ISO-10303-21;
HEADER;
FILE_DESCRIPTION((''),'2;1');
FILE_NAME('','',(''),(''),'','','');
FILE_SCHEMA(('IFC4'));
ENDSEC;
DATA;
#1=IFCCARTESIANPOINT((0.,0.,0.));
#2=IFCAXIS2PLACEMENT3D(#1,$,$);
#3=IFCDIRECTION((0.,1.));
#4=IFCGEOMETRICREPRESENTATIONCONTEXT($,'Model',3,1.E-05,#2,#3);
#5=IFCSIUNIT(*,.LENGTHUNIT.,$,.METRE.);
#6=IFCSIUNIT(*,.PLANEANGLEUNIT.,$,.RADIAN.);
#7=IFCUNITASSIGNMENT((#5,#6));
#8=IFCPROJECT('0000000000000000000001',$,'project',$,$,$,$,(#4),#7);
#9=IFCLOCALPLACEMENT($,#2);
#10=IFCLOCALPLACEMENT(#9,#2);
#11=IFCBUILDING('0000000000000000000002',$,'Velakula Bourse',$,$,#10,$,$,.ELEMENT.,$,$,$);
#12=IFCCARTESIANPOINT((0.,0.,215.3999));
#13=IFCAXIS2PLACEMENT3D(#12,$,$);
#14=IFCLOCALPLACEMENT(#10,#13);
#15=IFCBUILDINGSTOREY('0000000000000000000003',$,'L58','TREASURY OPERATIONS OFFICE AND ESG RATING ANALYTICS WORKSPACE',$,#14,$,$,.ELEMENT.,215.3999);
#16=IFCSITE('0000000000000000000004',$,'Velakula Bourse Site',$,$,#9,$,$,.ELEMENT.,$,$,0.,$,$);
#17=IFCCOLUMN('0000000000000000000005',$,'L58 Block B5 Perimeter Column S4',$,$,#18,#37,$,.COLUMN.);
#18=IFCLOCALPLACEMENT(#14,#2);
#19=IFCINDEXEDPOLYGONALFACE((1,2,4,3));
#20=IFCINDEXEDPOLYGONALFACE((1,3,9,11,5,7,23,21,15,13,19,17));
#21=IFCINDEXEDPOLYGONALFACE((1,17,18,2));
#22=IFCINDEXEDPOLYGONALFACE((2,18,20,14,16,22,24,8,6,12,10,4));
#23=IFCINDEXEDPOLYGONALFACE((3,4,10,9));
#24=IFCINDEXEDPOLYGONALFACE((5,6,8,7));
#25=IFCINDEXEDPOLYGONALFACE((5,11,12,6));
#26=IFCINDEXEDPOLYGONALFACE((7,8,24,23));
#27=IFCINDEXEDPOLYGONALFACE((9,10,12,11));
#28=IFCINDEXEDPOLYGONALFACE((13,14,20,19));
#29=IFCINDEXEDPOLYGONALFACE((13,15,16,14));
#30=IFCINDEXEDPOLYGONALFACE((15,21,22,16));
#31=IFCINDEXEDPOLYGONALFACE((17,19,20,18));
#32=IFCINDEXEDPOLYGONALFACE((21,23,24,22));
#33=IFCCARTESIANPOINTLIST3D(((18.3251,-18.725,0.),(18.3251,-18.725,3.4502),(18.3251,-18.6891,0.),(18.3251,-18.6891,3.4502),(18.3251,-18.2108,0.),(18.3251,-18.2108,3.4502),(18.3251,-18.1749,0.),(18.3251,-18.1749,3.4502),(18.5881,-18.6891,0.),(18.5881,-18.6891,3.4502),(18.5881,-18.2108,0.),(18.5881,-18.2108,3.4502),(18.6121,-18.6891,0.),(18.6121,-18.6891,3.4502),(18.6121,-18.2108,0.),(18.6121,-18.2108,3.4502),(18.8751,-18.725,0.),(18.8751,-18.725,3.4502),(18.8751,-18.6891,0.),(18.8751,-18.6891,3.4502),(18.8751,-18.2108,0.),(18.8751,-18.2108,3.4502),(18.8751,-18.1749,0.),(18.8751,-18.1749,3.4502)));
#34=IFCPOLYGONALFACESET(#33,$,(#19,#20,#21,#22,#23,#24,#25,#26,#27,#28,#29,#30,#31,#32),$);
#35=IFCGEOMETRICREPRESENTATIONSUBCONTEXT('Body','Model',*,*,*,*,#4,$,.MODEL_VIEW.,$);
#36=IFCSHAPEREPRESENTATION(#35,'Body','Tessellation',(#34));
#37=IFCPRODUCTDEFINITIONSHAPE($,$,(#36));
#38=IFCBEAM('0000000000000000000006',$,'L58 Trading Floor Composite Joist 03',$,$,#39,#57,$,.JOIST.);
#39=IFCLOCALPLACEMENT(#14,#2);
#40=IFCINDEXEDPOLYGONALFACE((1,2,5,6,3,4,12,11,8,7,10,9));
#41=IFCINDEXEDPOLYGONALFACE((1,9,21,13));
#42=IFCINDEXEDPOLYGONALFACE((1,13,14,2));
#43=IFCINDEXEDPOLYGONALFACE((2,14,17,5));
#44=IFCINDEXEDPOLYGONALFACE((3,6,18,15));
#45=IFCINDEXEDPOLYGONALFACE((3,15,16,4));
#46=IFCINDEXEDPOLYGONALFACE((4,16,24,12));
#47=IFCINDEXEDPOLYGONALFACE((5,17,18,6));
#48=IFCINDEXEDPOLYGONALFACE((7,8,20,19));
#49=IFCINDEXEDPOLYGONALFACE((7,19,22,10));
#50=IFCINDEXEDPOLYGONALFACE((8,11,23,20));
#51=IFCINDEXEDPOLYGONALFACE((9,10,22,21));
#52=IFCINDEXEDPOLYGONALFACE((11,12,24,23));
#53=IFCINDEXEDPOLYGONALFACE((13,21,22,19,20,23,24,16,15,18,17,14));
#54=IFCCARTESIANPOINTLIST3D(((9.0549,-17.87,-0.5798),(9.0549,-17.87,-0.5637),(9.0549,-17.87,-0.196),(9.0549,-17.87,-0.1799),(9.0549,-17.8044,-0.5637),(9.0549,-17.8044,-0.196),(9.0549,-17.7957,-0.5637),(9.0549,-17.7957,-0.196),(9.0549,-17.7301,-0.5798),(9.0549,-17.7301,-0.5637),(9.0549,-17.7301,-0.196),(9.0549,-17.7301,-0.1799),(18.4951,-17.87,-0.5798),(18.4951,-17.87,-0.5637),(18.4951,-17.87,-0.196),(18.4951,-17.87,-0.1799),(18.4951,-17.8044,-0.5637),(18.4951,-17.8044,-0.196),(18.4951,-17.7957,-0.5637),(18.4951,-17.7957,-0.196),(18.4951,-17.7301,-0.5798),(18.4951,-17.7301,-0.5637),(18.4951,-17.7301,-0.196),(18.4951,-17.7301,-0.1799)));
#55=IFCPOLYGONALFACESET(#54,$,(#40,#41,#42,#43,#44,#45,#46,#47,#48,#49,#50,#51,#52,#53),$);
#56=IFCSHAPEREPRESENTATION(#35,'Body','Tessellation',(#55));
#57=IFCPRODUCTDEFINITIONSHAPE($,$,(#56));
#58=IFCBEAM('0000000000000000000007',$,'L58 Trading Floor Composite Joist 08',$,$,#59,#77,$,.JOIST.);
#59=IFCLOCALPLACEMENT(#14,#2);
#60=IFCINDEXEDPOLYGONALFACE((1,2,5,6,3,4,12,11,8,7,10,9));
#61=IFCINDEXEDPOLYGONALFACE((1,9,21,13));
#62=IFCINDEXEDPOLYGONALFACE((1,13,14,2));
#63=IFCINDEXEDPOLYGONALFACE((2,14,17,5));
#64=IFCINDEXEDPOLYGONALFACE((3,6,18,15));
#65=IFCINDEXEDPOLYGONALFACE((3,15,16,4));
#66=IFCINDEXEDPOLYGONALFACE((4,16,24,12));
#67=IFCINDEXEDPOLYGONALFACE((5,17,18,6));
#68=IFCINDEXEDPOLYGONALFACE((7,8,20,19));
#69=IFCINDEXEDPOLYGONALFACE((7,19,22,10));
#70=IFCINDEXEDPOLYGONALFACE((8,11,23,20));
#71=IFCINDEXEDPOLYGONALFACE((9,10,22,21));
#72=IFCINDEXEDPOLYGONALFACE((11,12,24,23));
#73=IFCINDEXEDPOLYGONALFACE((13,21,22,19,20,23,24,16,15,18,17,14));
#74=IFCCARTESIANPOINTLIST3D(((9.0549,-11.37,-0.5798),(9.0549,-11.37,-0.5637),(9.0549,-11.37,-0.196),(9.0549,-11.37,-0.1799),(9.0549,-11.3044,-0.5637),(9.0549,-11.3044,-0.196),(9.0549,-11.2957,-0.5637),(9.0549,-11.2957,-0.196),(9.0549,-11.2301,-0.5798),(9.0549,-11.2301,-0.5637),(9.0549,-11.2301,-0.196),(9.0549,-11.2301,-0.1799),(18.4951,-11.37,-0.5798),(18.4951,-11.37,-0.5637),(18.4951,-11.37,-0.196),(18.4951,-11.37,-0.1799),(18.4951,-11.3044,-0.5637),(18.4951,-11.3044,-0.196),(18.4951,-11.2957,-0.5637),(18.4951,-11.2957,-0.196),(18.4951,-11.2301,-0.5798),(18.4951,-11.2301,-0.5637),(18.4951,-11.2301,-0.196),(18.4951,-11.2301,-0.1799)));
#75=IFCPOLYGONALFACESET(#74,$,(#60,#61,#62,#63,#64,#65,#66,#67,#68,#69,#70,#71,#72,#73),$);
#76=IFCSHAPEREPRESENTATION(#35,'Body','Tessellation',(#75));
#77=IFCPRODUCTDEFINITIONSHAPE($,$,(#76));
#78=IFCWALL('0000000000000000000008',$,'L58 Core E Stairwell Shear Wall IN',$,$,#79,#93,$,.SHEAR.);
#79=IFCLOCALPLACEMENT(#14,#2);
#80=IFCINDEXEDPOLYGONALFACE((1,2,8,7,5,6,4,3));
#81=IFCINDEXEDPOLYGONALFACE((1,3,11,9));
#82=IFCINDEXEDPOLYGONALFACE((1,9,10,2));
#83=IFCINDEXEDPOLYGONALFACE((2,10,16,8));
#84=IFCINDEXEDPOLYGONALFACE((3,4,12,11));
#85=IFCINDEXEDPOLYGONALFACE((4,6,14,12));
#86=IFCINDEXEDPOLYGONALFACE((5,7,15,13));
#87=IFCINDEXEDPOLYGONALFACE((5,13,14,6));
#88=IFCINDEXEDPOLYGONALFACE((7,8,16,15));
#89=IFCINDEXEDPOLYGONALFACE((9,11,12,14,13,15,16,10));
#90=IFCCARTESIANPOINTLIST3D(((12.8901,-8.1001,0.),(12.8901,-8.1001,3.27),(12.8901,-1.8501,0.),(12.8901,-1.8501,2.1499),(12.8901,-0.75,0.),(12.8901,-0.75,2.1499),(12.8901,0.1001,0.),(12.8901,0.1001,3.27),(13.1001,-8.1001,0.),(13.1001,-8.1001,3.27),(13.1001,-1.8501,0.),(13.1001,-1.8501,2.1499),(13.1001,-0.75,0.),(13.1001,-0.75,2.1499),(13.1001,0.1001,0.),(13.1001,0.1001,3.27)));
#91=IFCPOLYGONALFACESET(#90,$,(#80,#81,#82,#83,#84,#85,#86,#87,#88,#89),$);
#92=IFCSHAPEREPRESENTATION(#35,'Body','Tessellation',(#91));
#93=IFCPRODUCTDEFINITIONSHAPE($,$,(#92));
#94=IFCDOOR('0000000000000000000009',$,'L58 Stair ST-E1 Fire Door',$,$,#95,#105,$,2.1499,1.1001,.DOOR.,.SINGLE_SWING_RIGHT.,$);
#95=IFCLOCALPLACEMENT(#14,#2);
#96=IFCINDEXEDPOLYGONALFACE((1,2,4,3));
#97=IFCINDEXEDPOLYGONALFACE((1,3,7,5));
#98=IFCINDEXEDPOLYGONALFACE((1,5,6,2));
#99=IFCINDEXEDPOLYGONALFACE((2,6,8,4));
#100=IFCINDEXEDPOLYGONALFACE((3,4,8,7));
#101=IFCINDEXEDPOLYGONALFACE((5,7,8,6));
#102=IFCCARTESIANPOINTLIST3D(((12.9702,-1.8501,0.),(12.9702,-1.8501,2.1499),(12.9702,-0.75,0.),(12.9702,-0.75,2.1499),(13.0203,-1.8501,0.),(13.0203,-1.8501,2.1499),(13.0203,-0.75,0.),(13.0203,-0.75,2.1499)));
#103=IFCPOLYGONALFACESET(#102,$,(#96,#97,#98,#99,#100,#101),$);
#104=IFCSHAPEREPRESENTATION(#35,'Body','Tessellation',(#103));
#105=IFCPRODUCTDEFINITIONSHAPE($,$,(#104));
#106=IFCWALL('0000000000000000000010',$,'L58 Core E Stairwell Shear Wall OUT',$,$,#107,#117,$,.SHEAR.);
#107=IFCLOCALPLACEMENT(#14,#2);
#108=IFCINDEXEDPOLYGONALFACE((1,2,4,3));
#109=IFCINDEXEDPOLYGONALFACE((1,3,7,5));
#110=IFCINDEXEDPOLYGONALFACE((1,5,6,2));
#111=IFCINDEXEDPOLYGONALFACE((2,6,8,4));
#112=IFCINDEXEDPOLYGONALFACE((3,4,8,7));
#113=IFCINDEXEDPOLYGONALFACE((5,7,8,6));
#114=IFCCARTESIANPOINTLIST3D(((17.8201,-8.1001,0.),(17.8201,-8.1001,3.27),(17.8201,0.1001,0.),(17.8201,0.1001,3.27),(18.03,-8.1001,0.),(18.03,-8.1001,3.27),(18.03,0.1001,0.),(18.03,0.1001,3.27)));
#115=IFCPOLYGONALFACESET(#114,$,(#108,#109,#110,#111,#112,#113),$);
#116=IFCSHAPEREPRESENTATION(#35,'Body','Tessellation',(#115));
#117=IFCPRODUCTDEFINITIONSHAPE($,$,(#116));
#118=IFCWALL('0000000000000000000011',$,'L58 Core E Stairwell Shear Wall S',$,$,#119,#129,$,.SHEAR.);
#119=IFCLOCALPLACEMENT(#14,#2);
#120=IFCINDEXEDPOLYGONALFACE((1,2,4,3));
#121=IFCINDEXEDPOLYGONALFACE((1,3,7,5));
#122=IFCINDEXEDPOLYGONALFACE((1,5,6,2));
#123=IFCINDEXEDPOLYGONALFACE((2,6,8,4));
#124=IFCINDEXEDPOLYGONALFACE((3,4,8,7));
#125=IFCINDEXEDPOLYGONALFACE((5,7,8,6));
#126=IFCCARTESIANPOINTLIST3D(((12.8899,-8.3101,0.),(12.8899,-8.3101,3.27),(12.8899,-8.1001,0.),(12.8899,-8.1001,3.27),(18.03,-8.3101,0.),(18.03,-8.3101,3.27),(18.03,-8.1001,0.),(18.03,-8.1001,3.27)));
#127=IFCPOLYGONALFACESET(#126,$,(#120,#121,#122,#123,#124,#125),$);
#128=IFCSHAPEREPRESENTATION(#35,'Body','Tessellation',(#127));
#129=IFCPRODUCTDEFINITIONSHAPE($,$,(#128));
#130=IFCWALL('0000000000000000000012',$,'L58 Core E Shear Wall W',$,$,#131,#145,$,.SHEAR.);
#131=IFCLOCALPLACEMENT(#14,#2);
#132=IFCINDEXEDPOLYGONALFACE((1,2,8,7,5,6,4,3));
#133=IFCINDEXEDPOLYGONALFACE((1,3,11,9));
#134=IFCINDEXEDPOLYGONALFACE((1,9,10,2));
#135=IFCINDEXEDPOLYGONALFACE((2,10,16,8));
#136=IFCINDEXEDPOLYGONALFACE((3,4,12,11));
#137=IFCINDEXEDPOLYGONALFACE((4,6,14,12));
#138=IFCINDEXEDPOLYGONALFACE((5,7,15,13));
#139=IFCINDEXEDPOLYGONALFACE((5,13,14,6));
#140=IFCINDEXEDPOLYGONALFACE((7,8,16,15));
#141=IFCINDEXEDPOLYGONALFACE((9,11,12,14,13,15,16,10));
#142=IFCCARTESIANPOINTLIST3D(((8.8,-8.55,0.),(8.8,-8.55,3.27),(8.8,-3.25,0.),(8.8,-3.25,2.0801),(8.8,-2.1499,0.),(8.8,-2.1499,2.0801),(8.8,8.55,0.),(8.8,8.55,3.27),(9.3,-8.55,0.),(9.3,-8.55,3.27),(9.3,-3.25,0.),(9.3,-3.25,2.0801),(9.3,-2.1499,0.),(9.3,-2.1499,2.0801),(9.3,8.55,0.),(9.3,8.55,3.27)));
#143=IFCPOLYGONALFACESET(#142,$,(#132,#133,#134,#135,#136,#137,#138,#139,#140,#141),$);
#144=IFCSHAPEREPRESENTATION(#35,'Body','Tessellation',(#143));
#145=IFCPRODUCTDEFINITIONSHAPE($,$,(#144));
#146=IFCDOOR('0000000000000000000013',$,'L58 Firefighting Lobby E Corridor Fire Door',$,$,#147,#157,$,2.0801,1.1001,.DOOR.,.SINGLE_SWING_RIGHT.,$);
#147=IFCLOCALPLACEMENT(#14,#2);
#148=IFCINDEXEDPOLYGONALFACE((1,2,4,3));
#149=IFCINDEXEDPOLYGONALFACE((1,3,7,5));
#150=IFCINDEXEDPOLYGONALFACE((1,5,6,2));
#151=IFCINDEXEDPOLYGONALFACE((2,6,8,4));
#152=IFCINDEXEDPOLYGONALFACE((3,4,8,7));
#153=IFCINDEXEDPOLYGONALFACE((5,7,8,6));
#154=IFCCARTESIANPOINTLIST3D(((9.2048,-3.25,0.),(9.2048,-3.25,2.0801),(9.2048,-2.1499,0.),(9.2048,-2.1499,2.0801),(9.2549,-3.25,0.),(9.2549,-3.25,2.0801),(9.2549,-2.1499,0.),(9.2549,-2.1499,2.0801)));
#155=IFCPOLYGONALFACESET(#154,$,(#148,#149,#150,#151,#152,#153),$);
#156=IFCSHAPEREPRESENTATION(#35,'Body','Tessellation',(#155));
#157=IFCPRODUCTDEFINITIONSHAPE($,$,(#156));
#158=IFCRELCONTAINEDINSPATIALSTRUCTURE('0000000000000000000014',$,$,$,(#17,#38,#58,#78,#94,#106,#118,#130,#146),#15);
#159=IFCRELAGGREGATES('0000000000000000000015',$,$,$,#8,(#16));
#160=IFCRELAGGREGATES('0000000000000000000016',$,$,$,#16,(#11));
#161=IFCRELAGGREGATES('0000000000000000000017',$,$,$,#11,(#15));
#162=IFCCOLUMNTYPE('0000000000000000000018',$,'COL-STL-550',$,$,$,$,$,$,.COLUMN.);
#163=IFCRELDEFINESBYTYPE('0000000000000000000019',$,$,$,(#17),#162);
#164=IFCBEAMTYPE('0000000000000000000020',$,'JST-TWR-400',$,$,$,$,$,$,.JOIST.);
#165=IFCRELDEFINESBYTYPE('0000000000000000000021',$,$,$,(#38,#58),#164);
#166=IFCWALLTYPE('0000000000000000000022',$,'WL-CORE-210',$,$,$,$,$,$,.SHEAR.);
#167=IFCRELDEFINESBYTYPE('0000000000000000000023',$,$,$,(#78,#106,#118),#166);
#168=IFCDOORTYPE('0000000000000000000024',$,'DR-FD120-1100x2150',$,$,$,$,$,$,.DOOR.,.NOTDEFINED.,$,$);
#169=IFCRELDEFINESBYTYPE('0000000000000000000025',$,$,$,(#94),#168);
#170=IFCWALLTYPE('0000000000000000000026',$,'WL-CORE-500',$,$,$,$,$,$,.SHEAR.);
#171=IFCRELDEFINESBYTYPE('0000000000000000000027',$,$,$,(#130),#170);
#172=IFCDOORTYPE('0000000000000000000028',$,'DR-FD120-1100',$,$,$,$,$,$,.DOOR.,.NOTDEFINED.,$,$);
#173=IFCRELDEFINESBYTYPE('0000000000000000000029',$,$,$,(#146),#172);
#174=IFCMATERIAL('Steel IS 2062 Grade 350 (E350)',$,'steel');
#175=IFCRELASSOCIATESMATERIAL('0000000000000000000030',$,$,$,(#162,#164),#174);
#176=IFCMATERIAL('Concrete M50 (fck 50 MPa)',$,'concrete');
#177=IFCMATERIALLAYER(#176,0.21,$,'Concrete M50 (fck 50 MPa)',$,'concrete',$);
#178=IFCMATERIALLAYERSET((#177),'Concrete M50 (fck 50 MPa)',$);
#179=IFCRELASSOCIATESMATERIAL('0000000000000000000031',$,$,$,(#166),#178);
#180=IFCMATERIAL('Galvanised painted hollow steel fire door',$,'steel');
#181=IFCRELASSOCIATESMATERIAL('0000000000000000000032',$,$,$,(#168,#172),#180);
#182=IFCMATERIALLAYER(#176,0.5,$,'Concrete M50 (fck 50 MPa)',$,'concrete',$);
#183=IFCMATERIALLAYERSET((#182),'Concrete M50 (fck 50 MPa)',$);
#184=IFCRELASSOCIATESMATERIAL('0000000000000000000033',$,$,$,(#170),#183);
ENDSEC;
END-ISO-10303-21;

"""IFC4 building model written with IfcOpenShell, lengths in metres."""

from ifc_helpers import new_model, si_unit, direction, frame, frame_2d, origin, origin_2d, place, context, subcontext, project, spatial, rectangle, i_section, extrude, material, layer, layer_set, material_profile, profile_set, type_object, element, fill, save


model = new_model("IFC4")

# Units and contexts
model_context = context("Model", 3, precision=1e-05, world=origin(), true_north=direction((0.0, 1.0)))
body_context = subcontext(model_context, "Body", "Model", "MODEL_VIEW")
ifc_project = project(units=[si_unit("LENGTHUNIT", "METRE"), si_unit("PLANEANGLEUNIT", "RADIAN")], contexts=[model_context])

# Site, building, storey
site_placement = place(None, origin())
site = spatial("IfcSite", under=ifc_project, at=site_placement, Name="Velakula Bourse Site", CompositionType="ELEMENT", RefElevation=0.0)
building_placement = place(site_placement, origin())
building = spatial("IfcBuilding", under=site, at=building_placement, Name="Velakula Bourse", CompositionType="ELEMENT")
storey_placement = place(building_placement, frame((0.0, 0.0, 215.3999)))
storey = spatial("IfcBuildingStorey", under=building, at=storey_placement, Name="L58", Description="TREASURY OPERATIONS OFFICE AND ESG RATING ANALYTICS WORKSPACE", CompositionType="ELEMENT", Elevation=215.3999)

# Column
ifc_material_1 = material(Name="Steel IS 2062 Grade 350 (E350)", Category="steel")
ifc_material_profile_1 = material_profile(ifc_material_1, i_section(OverallWidth=0.55, OverallDepth=0.55, WebThickness=0.0239, FlangeThickness=0.0359, at=origin_2d()), Name="Steel IS 2062 Grade 350 (E350)")
ifc_profile_set_1 = profile_set([ifc_material_profile_1], Name="Steel IS 2062 Grade 350 (E350)")
column_type = type_object("IfcColumnType", Name="COL-STL-550", PredefinedType="COLUMN", material=ifc_profile_set_1)
column_placement = place(storey_placement, frame((18.6001, -18.45, 0.0), z_axis=(0.0, 0.0, 1.0), x_axis=(1.0, 0.0, 0.0)))
element("IfcColumn", 1, at=column_placement, inside=storey, type_object=column_type, Name="L58 Block B5 Perimeter Column S4", PredefinedType="COLUMN", context=body_context, shape_type="SweptSolid", body=[
    extrude(i_section(OverallWidth=0.55, OverallDepth=0.55, WebThickness=0.0239, FlangeThickness=0.0359, at=origin_2d()), origin(), (0.0, 0.0, 1.0), 3.4502),
])

# Beams
ifc_material_profile_2 = material_profile(ifc_material_1, i_section(OverallWidth=0.1399, OverallDepth=0.3999, WebThickness=0.0088, FlangeThickness=0.0161, at=origin_2d()), Name="Steel IS 2062 Grade 350 (E350)")
ifc_profile_set_2 = profile_set([ifc_material_profile_2], Name="Steel IS 2062 Grade 350 (E350)")
beam_type = type_object("IfcBeamType", Name="JST-TWR-400", PredefinedType="JOIST", material=ifc_profile_set_2)
for number, where, z_axis, x_axis, name in (
    (2, (9.0549, -17.8, -0.3799), (1.0, 0.0, 0.0), (0.0, 1.0, 0.0), "L58 Trading Floor Composite Joist 03"),
    (3, (9.0549, -11.3, -0.3799), (1.0, 0.0, 0.0), (0.0, 1.0, 0.0), "L58 Trading Floor Composite Joist 08"),
):
    element("IfcBeam", number, at=place(storey_placement, frame(where, z_axis=z_axis, x_axis=x_axis)), inside=storey, type_object=beam_type, Name=name, PredefinedType="JOIST", context=body_context, shape_type="SweptSolid", body=[
        extrude(i_section(OverallWidth=0.1399, OverallDepth=0.3999, WebThickness=0.0088, FlangeThickness=0.0161, at=origin_2d()), origin(), (0.0, 0.0, 1.0), 9.4402),
    ])

# Wall, opening, door
ifc_material_2 = material(Name="Concrete M50 (fck 50 MPa)", Category="concrete")
ifc_layer_1 = layer(ifc_material_2, 0.21, Name="Concrete M50 (fck 50 MPa)", Category="concrete")
ifc_layer_set_1 = layer_set([ifc_layer_1], Name="Concrete M50 (fck 50 MPa)")
wall_type_1 = type_object("IfcWallType", Name="WL-CORE-210", PredefinedType="SHEAR", material=ifc_layer_set_1)
wall_1_placement = place(storey_placement, frame((12.9951, -8.1001, 0.0), z_axis=(0.0, 0.0, 1.0), x_axis=(0.0, 1.0, 0.0)))
wall_1 = element("IfcWall", 4, at=wall_1_placement, inside=storey, type_object=wall_type_1, Name="L58 Core E Stairwell Shear Wall IN", PredefinedType="SHEAR", context=body_context, shape_type="SweptSolid", body=[
    extrude(rectangle(XDim=8.2002, YDim=0.21, at=frame_2d((4.1001, 0.0))), origin(), (0.0, 0.0, 1.0), 3.27),
])
opening_1_placement = place(wall_1_placement, frame((6.25, 0.0, 0.0)))
opening_1 = element("IfcOpeningElement", 5, at=opening_1_placement, cuts=wall_1, PredefinedType="OPENING", context=body_context, shape_type="SweptSolid", body=[
    extrude(rectangle(XDim=1.1001, YDim=2.1499, at=frame_2d((0.55, 1.075))), frame((0.0, 0.115, 0.0), z_axis=(0.0, -1.0, 0.0), x_axis=(1.0, 0.0, 0.0)), (0.0, 0.0, 1.0), 0.23),
])
ifc_material_3 = material(Name="Galvanised painted hollow steel fire door", Category="steel")
door_type_1 = type_object("IfcDoorType", Name="DR-FD120-1100x2150", OperationType="NOTDEFINED", PredefinedType="DOOR", material=ifc_material_3)
door_1_placement = place(opening_1_placement, origin())
door_1 = element("IfcDoor", 6, at=door_1_placement, inside=storey, type_object=door_type_1, Name="L58 Stair ST-E1 Fire Door", OperationType="SINGLE_SWING_RIGHT", OverallHeight=2.1499, OverallWidth=1.1001, PredefinedType="DOOR", context=body_context, shape_type="SweptSolid", body=[
    extrude(rectangle(XDim=1.1001, YDim=2.1499, at=frame_2d((0.55, 1.075))), frame((0.0, 0.0249, 0.0), z_axis=(0.0, -1.0, 0.0), x_axis=(1.0, 0.0, 0.0)), (0.0, 0.0, 1.0), 0.05),
])
fill(opening_1, door_1)

# Walls
wall_2_placement = place(storey_placement, frame((17.925, -8.1001, 0.0), z_axis=(0.0, 0.0, 1.0), x_axis=(0.0, 1.0, 0.0)))
element("IfcWall", 7, at=wall_2_placement, inside=storey, type_object=wall_type_1, Name="L58 Core E Stairwell Shear Wall OUT", PredefinedType="SHEAR", context=body_context, shape_type="SweptSolid", body=[
    extrude(rectangle(XDim=8.2002, YDim=0.21, at=frame_2d((4.1001, 0.0))), origin(), (0.0, 0.0, 1.0), 3.27),
])
wall_3_placement = place(storey_placement, frame((12.8899, -8.2051, 0.0), z_axis=(0.0, 0.0, 1.0), x_axis=(1.0, 0.0, 0.0)))
element("IfcWall", 8, at=wall_3_placement, inside=storey, type_object=wall_type_1, Name="L58 Core E Stairwell Shear Wall S", PredefinedType="SHEAR", context=body_context, shape_type="SweptSolid", body=[
    extrude(rectangle(XDim=5.1401, YDim=0.21, at=frame_2d((2.5701, 0.0))), origin(), (0.0, 0.0, 1.0), 3.27),
])

# Wall, opening, door
ifc_layer_2 = layer(ifc_material_2, 0.5, Name="Concrete M50 (fck 50 MPa)", Category="concrete")
ifc_layer_set_2 = layer_set([ifc_layer_2], Name="Concrete M50 (fck 50 MPa)")
wall_type_2 = type_object("IfcWallType", Name="WL-CORE-500", PredefinedType="SHEAR", material=ifc_layer_set_2)
wall_4_placement = place(storey_placement, frame((9.05, -8.55, 0.0), z_axis=(0.0, 0.0, 1.0), x_axis=(0.0, 1.0, 0.0)))
wall_4 = element("IfcWall", 9, at=wall_4_placement, inside=storey, type_object=wall_type_2, Name="L58 Core E Shear Wall W", PredefinedType="SHEAR", context=body_context, shape_type="SweptSolid", body=[
    extrude(rectangle(XDim=17.1001, YDim=0.5, at=frame_2d((8.55, 0.0))), origin(), (0.0, 0.0, 1.0), 3.27),
])
opening_2_placement = place(wall_4_placement, frame((5.3, 0.0, 0.0)))
opening_2 = element("IfcOpeningElement", 10, at=opening_2_placement, cuts=wall_4, PredefinedType="OPENING", context=body_context, shape_type="SweptSolid", body=[
    extrude(rectangle(XDim=1.1001, YDim=2.0801, at=frame_2d((0.55, 1.04))), frame((0.0, 0.26, 0.0), z_axis=(0.0, -1.0, 0.0), x_axis=(1.0, 0.0, 0.0)), (0.0, 0.0, 1.0), 0.52),
])
door_type_2 = type_object("IfcDoorType", Name="DR-FD120-1100", OperationType="NOTDEFINED", PredefinedType="DOOR", material=ifc_material_3)
door_2_placement = place(opening_2_placement, origin())
door_2 = element("IfcDoor", 11, at=door_2_placement, inside=storey, type_object=door_type_2, Name="L58 Firefighting Lobby E Corridor Fire Door", OperationType="SINGLE_SWING_RIGHT", OverallHeight=2.0801, OverallWidth=1.1001, PredefinedType="DOOR", context=body_context, shape_type="SweptSolid", body=[
    extrude(rectangle(XDim=1.1001, YDim=2.0801, at=frame_2d((0.55, 1.04))), frame((0.0, -0.1548, 0.0), z_axis=(0.0, -1.0, 0.0), x_axis=(1.0, 0.0, 0.0)), (0.0, 0.0, 1.0), 0.05),
])
fill(opening_2, door_2)

save(model, "model.ifc")
